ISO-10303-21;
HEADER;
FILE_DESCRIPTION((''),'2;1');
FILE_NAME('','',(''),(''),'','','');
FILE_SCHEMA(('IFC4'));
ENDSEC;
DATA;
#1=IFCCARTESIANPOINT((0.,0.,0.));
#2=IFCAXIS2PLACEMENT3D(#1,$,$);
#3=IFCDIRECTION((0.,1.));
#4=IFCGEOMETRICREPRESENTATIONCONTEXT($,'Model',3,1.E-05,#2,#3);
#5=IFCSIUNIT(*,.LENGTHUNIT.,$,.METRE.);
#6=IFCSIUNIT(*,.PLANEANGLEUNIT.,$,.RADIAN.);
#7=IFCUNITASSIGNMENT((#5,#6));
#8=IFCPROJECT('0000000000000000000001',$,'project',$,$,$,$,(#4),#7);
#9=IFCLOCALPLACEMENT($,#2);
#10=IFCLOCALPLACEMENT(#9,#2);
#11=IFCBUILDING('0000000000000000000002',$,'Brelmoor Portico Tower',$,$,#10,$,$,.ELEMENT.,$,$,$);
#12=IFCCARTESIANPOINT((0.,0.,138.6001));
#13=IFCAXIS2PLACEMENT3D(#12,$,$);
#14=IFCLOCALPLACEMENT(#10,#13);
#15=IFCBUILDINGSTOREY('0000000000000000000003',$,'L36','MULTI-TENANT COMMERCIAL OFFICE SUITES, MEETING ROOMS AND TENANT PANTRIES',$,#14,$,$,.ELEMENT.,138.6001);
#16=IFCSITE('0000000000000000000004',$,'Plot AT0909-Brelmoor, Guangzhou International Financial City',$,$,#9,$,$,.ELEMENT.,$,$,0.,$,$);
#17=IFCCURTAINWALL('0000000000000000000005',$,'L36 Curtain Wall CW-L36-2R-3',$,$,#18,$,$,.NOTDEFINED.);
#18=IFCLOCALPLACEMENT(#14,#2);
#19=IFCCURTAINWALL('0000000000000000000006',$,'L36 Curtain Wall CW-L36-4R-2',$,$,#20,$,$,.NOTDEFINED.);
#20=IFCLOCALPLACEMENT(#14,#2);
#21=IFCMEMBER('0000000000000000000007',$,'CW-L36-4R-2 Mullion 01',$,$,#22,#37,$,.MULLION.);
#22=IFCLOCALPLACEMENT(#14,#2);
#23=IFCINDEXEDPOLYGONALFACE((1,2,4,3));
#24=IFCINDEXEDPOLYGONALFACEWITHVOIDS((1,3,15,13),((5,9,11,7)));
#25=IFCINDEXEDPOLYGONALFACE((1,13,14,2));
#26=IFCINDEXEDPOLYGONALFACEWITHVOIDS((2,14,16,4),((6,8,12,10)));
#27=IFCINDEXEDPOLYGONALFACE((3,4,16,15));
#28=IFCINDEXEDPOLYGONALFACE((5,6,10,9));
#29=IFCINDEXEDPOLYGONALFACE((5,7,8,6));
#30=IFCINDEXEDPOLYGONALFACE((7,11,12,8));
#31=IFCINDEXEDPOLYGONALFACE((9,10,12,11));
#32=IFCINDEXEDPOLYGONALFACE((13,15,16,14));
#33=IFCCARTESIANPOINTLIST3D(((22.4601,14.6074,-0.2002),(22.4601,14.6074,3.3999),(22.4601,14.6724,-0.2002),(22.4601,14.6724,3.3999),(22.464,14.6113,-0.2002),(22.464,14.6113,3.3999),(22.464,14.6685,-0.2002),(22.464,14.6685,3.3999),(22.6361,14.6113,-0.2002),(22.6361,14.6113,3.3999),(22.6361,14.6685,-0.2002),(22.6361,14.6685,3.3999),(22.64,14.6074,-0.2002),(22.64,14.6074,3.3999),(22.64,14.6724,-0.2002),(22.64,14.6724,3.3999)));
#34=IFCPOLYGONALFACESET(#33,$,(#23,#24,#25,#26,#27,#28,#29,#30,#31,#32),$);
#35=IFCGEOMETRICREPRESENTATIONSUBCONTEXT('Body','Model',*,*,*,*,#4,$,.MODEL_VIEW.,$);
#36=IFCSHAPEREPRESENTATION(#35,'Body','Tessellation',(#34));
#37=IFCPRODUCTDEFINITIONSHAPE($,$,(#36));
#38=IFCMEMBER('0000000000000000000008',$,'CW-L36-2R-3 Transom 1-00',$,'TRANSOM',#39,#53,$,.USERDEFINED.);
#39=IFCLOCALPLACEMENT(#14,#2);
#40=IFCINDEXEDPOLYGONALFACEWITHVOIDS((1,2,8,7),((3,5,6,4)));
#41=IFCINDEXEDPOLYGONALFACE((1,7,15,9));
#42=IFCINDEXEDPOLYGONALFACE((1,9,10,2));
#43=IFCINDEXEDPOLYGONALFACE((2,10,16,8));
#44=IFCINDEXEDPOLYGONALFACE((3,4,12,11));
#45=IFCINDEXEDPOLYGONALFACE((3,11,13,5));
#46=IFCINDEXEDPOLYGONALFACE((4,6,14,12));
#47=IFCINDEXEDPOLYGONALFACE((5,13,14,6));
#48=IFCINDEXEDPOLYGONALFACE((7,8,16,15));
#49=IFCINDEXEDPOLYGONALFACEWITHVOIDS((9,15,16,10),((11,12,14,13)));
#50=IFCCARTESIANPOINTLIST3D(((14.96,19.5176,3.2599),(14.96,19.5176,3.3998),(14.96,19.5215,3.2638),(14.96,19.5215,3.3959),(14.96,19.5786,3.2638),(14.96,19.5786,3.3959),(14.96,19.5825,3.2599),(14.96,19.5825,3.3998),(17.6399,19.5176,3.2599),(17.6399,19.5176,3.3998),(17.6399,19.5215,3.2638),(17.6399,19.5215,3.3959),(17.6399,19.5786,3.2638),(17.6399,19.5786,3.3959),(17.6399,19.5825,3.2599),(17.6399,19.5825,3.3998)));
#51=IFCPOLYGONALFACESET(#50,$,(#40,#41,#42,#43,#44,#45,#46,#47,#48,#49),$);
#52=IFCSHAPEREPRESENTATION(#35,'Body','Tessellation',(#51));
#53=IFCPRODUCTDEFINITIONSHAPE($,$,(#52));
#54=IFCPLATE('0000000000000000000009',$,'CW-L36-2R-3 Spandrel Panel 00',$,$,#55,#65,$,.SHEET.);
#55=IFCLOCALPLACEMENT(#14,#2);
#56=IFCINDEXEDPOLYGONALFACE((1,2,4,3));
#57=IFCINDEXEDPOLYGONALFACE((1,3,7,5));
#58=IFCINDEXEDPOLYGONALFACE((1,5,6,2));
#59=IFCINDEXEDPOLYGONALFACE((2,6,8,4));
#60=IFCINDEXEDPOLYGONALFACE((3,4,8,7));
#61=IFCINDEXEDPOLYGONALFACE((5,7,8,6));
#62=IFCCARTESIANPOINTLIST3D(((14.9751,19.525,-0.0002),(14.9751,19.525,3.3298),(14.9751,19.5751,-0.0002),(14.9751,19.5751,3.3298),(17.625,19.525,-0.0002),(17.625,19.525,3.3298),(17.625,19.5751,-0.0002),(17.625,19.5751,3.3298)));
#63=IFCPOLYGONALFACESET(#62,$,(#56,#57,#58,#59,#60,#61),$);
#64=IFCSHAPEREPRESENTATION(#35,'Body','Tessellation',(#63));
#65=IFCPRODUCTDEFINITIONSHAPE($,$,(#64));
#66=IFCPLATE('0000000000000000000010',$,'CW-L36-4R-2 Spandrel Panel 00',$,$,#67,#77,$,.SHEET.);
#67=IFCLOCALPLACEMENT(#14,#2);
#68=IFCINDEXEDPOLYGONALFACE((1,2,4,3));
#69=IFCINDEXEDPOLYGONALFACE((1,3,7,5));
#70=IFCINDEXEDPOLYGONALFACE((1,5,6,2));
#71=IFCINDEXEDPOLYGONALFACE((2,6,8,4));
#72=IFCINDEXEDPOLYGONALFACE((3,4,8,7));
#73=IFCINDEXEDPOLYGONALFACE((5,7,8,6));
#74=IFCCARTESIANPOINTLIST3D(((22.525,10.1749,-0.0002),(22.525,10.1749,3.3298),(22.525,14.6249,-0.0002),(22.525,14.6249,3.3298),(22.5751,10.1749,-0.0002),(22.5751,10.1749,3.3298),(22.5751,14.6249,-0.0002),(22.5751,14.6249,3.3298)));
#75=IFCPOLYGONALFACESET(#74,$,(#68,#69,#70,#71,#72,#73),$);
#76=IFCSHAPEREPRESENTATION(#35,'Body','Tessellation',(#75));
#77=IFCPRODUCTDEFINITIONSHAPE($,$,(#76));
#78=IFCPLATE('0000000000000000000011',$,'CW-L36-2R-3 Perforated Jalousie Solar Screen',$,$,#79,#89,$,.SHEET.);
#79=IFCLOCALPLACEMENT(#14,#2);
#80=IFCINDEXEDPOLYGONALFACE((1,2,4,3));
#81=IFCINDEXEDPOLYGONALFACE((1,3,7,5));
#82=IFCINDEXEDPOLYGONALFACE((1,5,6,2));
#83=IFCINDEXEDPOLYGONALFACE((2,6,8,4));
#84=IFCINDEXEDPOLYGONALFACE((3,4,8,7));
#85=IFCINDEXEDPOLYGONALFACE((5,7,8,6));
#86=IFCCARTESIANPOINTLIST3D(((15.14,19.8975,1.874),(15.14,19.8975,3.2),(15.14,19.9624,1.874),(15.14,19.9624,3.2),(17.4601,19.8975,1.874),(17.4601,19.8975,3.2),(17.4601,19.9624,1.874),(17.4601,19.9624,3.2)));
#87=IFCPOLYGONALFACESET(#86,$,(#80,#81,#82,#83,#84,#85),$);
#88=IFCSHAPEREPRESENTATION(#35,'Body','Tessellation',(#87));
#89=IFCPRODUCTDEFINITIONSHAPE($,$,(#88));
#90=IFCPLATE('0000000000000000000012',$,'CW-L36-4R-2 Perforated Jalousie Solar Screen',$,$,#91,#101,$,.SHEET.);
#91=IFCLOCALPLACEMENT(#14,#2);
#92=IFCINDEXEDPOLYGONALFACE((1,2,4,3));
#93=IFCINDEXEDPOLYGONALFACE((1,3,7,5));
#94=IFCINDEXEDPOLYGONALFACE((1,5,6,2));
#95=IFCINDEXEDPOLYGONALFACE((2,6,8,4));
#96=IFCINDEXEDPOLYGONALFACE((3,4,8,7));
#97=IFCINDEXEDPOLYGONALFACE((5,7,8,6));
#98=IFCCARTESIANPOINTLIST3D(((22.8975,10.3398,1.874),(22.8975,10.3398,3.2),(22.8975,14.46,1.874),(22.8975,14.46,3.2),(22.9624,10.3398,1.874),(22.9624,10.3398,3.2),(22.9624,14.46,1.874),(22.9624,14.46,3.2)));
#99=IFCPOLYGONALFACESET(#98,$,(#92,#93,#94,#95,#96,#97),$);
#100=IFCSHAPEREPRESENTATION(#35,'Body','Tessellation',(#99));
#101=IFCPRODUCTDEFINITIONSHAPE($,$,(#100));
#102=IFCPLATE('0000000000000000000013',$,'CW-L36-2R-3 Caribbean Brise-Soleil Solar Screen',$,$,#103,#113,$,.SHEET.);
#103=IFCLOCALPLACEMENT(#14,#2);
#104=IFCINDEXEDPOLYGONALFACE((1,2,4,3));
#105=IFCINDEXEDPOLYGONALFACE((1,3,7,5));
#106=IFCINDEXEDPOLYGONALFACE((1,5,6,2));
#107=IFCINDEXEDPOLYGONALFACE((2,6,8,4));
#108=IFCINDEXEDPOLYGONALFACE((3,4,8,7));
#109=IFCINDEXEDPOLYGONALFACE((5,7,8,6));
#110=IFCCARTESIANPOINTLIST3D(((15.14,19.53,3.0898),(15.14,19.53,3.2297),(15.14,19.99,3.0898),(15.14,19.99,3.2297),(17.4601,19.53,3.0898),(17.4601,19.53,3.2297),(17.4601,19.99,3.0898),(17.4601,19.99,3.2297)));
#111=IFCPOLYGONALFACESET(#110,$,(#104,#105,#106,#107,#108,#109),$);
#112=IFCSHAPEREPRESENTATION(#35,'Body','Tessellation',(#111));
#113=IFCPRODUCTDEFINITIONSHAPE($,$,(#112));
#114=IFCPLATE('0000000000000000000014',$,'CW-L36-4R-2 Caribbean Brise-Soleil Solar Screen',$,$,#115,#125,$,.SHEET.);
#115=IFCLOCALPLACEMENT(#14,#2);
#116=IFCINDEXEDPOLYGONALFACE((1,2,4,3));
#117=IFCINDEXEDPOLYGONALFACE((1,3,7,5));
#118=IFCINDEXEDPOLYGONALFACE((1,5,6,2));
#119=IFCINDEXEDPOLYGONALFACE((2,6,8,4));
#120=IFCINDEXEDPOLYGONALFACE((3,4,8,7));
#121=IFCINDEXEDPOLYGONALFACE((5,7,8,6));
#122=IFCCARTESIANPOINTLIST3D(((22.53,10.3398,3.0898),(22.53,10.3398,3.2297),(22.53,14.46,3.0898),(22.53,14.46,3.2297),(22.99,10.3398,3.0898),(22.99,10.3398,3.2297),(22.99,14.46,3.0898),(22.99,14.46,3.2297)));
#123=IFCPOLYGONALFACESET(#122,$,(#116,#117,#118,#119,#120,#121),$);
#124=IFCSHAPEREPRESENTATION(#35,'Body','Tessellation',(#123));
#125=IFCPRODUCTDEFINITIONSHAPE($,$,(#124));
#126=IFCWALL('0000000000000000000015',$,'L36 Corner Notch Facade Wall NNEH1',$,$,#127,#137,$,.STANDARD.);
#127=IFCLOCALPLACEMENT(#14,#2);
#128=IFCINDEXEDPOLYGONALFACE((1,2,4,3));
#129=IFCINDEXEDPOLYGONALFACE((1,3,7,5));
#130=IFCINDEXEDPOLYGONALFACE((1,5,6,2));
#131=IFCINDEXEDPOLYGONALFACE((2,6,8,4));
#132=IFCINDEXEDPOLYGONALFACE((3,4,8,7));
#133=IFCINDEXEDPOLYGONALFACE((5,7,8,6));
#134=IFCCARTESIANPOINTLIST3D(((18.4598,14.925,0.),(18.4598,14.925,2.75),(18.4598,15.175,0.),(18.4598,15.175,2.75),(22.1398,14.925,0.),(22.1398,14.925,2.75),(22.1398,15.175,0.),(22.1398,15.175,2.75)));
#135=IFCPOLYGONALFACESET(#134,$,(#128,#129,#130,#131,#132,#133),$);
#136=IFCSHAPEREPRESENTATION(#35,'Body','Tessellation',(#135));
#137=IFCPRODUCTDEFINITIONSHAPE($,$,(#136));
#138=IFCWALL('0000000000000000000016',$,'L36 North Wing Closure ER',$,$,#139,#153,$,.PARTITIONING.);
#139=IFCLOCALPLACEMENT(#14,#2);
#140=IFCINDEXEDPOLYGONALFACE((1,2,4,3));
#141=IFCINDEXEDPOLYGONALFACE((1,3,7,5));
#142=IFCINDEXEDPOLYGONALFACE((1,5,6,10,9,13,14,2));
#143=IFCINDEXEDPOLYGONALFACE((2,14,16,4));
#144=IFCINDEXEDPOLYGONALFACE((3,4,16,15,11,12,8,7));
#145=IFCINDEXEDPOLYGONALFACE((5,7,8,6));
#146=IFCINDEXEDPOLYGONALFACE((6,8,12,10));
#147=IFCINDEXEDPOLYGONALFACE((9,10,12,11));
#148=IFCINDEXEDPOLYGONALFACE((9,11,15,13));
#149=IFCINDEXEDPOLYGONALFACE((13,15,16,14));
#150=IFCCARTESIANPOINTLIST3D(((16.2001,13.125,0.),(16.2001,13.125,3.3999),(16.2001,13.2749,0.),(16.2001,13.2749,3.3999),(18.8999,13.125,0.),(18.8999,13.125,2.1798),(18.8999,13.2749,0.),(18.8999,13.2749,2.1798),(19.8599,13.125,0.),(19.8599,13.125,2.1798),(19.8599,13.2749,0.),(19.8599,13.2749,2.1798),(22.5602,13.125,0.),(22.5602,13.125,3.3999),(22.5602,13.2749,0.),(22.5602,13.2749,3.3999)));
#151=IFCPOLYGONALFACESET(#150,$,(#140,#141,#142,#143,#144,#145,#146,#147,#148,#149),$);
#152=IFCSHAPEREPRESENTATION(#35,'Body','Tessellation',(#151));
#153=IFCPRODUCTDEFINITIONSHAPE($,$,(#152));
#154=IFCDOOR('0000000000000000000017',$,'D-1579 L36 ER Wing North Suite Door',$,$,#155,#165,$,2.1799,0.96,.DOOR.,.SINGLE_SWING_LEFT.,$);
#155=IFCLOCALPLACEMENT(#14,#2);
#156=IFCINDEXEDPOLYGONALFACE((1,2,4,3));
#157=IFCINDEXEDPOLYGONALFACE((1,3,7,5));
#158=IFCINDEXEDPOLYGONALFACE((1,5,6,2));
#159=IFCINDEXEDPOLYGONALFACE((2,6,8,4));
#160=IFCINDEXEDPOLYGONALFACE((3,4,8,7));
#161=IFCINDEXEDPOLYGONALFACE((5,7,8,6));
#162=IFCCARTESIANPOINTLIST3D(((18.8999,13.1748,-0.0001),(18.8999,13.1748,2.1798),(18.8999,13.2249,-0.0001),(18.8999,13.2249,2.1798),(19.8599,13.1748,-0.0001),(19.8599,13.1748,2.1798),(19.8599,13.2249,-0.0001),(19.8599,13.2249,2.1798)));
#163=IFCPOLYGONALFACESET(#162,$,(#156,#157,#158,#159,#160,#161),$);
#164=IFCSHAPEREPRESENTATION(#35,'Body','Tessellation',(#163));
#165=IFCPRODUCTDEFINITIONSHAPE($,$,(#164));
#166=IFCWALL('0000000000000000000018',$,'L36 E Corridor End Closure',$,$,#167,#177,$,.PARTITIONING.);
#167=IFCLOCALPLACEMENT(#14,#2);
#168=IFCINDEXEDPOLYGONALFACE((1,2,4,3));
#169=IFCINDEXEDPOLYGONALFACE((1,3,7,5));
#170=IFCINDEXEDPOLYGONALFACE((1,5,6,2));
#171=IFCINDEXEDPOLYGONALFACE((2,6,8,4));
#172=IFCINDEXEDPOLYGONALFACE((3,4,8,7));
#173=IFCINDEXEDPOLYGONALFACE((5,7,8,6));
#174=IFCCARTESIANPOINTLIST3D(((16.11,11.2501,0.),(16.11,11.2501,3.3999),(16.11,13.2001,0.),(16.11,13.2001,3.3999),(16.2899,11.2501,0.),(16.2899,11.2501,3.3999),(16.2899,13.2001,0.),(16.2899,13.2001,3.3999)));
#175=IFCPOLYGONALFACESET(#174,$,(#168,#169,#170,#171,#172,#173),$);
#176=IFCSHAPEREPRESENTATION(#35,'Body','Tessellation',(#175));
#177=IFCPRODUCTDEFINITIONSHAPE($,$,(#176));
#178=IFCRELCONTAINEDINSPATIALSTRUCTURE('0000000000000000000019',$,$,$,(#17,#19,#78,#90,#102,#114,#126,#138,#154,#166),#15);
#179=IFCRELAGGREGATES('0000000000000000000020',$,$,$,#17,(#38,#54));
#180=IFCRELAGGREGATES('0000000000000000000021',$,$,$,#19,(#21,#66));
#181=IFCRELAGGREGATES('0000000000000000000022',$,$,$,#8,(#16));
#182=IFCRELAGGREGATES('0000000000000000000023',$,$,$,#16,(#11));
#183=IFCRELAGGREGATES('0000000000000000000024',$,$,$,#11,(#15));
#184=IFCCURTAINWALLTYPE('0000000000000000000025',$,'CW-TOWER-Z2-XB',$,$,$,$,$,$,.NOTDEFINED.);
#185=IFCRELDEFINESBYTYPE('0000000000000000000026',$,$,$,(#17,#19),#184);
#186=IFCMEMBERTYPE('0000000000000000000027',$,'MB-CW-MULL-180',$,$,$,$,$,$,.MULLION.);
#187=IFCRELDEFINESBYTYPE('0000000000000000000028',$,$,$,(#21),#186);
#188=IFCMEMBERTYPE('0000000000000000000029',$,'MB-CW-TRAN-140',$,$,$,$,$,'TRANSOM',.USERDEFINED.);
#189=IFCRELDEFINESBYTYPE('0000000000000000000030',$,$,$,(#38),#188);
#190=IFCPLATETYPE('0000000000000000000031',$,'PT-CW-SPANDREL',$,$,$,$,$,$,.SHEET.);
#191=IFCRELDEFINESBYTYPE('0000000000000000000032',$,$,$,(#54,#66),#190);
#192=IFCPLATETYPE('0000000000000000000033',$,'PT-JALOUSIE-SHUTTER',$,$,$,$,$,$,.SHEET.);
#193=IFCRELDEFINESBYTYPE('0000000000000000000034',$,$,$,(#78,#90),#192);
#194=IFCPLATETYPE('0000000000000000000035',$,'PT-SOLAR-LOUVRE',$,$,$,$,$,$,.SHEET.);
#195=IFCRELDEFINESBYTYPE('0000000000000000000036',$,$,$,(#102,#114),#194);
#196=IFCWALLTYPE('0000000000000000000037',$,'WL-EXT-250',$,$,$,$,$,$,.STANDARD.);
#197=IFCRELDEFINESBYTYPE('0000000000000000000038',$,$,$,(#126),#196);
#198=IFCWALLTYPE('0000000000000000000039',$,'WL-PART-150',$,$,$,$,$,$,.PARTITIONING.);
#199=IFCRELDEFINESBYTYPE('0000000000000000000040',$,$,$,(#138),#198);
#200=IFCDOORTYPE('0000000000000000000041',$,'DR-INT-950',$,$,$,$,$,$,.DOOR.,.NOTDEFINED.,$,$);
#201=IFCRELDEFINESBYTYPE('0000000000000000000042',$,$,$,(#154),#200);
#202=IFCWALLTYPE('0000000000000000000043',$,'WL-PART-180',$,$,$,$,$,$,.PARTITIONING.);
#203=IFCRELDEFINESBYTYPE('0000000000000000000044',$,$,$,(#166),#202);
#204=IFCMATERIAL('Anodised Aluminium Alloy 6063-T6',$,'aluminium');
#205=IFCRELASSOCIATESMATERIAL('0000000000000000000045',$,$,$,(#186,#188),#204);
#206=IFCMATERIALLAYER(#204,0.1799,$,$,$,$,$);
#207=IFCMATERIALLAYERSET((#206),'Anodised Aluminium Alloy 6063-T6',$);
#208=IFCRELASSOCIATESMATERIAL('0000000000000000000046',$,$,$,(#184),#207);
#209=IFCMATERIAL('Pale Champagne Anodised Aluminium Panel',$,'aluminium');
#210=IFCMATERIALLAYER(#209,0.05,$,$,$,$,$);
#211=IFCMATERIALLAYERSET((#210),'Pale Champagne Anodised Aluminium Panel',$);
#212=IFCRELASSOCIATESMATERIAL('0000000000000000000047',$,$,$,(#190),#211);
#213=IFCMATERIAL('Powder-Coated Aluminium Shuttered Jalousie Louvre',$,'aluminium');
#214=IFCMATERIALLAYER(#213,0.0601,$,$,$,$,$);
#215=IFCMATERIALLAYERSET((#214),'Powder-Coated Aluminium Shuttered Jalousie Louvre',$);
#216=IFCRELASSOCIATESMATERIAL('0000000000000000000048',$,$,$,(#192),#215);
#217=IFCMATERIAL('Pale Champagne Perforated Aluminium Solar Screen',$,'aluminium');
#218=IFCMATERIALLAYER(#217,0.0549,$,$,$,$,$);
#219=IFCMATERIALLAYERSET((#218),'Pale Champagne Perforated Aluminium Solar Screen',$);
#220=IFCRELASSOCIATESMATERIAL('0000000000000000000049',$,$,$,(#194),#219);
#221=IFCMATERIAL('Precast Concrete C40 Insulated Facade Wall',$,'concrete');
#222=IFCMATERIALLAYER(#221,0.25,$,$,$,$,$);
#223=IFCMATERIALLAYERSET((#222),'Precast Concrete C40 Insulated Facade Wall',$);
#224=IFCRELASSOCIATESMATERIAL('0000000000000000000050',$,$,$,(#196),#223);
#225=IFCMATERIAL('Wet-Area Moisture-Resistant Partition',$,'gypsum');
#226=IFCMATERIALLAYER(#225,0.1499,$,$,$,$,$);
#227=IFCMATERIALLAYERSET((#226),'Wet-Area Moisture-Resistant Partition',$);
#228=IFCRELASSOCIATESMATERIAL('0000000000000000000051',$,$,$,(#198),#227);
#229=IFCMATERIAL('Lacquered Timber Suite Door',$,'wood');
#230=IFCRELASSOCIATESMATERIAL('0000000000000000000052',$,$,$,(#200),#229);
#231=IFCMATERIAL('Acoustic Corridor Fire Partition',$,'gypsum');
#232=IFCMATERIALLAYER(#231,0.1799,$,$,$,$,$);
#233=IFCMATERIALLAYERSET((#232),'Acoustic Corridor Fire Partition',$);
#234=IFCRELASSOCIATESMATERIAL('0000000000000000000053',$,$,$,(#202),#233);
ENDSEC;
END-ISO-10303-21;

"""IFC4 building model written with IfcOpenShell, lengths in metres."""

from ifc_helpers import new_model, si_unit, direction, frame, frame_2d, origin, origin_2d, place, context, subcontext, project, spatial, rectangle, hollow_rectangle, extrude, material, layer, layer_set, material_profile, profile_set, type_object, element, fill, aggregate, save


model = new_model("IFC4")

# Units and contexts
model_context = context("Model", 3, precision=1e-05, world=origin(), true_north=direction((0.0, 1.0)))
body_context = subcontext(model_context, "Body", "Model", "MODEL_VIEW")
ifc_project = project(units=[si_unit("LENGTHUNIT", "METRE"), si_unit("PLANEANGLEUNIT", "RADIAN")], contexts=[model_context])

# Site, building, storey
site_placement = place(None, origin())
site = spatial("IfcSite", under=ifc_project, at=site_placement, Name="Plot AT0909-Brelmoor, Guangzhou International Financial City", CompositionType="ELEMENT", RefElevation=0.0)
building_placement = place(site_placement, origin())
building = spatial("IfcBuilding", under=site, at=building_placement, Name="Brelmoor Portico Tower", CompositionType="ELEMENT")
storey_placement = place(building_placement, frame((0.0, 0.0, 138.6001)))
storey = spatial("IfcBuildingStorey", under=building, at=storey_placement, Name="L36", Description="MULTI-TENANT COMMERCIAL OFFICE SUITES, MEETING ROOMS AND TENANT PANTRIES", CompositionType="ELEMENT", Elevation=138.6001)

# Shared definitions
ifc_material_1 = material(Name="Anodised Aluminium Alloy 6063-T6", Category="aluminium")
ifc_material_profile_1 = material_profile(ifc_material_1, hollow_rectangle(XDim=0.0649, YDim=0.1799, WallThickness=0.0039, at=origin_2d()), Name="ALU MULLION 65x180")
ifc_profile_set_1 = profile_set([ifc_material_profile_1], Name="Anodised Aluminium Alloy 6063-T6")
member_type_1 = type_object("IfcMemberType", Name="MB-CW-MULL-180", PredefinedType="MULLION", material=ifc_profile_set_1)

# Curtain wall
ifc_layer_1 = layer(ifc_material_1, 0.1799)
ifc_layer_set_1 = layer_set([ifc_layer_1], Name="Anodised Aluminium Alloy 6063-T6")
curtain_wall_type_1 = type_object("IfcCurtainWallType", Name="CW-TOWER-Z2-XB", PredefinedType="NOTDEFINED", material=ifc_layer_set_1)
curtain_wall_1_placement = place(storey_placement, origin())
curtain_wall_1 = element("IfcCurtainWall", 1, at=curtain_wall_1_placement, inside=storey, type_object=curtain_wall_type_1, Name="L36 Curtain Wall CW-L36-2R-3", PredefinedType="NOTDEFINED")

# Curtain wall, member
curtain_wall_2_placement = place(storey_placement, origin())
curtain_wall_2 = element("IfcCurtainWall", 2, at=curtain_wall_2_placement, inside=storey, type_object=curtain_wall_type_1, Name="L36 Curtain Wall CW-L36-4R-2", PredefinedType="NOTDEFINED")
member_1_placement = place(storey_placement, frame((22.55, 14.6399, -0.2002), z_axis=(0.0, 0.0, 1.0), x_axis=(0.0, 1.0, 0.0)))
member_1 = element("IfcMember", 3, at=member_1_placement, type_object=member_type_1, Name="CW-L36-4R-2 Mullion 01", PredefinedType="MULLION", context=body_context, shape_type="SweptSolid", body=[
    extrude(hollow_rectangle(XDim=0.0649, YDim=0.1799, WallThickness=0.0039, at=origin_2d()), origin(), (0.0, 0.0, 1.0), 3.6001),
])

# Member
ifc_material_profile_2 = material_profile(ifc_material_1, hollow_rectangle(XDim=0.0649, YDim=0.1399, WallThickness=0.0039, at=origin_2d()), Name="ALU TRANSOM 65x140")
ifc_profile_set_2 = profile_set([ifc_material_profile_2], Name="Anodised Aluminium Alloy 6063-T6")
member_type_2 = type_object("IfcMemberType", Name="MB-CW-TRAN-140", ElementType="TRANSOM", PredefinedType="USERDEFINED", material=ifc_profile_set_2)
member_2_placement = place(storey_placement, frame((14.96, 19.55, 3.3298), z_axis=(1.0, 0.0, 0.0), x_axis=(0.0, 1.0, 0.0)))
member_2 = element("IfcMember", 4, at=member_2_placement, type_object=member_type_2, Name="CW-L36-2R-3 Transom 1-00", ObjectType="TRANSOM", PredefinedType="USERDEFINED", context=body_context, shape_type="SweptSolid", body=[
    extrude(hollow_rectangle(XDim=0.0649, YDim=0.1399, WallThickness=0.0039, at=origin_2d()), origin(), (0.0, 0.0, 1.0), 2.6799),
])

# Plates
ifc_material_2 = material(Name="Pale Champagne Anodised Aluminium Panel", Category="aluminium")
ifc_layer_2 = layer(ifc_material_2, 0.05)
ifc_layer_set_2 = layer_set([ifc_layer_2], Name="Pale Champagne Anodised Aluminium Panel")
plate_type_1 = type_object("IfcPlateType", Name="PT-CW-SPANDREL", PredefinedType="SHEET", material=ifc_layer_set_2)
plate_1_placement = place(storey_placement, frame((16.3, 19.55, -0.0002), z_axis=(0.0, 0.0, 1.0), x_axis=(1.0, 0.0, 0.0)))
plate_1 = element("IfcPlate", 5, at=plate_1_placement, type_object=plate_type_1, Name="CW-L36-2R-3 Spandrel Panel 00", PredefinedType="SHEET", context=body_context, shape_type="SweptSolid", body=[
    extrude(rectangle(XDim=2.6499, YDim=0.05, at=origin_2d()), origin(), (0.0, 0.0, 1.0), 3.3301),
])
aggregate(curtain_wall_1, [member_2, plate_1])
plate_2_placement = place(storey_placement, frame((22.55, 12.3999, -0.0002), z_axis=(0.0, 0.0, 1.0), x_axis=(0.0, 1.0, 0.0)))
plate_2 = element("IfcPlate", 6, at=plate_2_placement, type_object=plate_type_1, Name="CW-L36-4R-2 Spandrel Panel 00", PredefinedType="SHEET", context=body_context, shape_type="SweptSolid", body=[
    extrude(rectangle(XDim=4.45, YDim=0.05, at=origin_2d()), origin(), (0.0, 0.0, 1.0), 3.3301),
])
aggregate(curtain_wall_2, [member_1, plate_2])

# Plates
ifc_material_3 = material(Name="Powder-Coated Aluminium Shuttered Jalousie Louvre", Category="aluminium")
ifc_layer_3 = layer(ifc_material_3, 0.0601)
ifc_layer_set_3 = layer_set([ifc_layer_3], Name="Powder-Coated Aluminium Shuttered Jalousie Louvre")
plate_type_2 = type_object("IfcPlateType", Name="PT-JALOUSIE-SHUTTER", PredefinedType="SHEET", material=ifc_layer_set_3)
plate_3_placement = place(storey_placement, frame((16.3, 19.9299, 1.874), z_axis=(0.0, 0.0, 1.0), x_axis=(1.0, 0.0, 0.0)))
element("IfcPlate", 7, at=plate_3_placement, inside=storey, type_object=plate_type_2, Name="CW-L36-2R-3 Perforated Jalousie Solar Screen", PredefinedType="SHEET", context=body_context, shape_type="SweptSolid", body=[
    extrude(rectangle(XDim=2.3201, YDim=0.0649, at=origin_2d()), origin(), (0.0, 0.0, 1.0), 1.3259),
])
plate_4_placement = place(storey_placement, frame((22.9299, 12.3999, 1.874), z_axis=(0.0, 0.0, 1.0), x_axis=(0.0, 1.0, 0.0)))
element("IfcPlate", 8, at=plate_4_placement, inside=storey, type_object=plate_type_2, Name="CW-L36-4R-2 Perforated Jalousie Solar Screen", PredefinedType="SHEET", context=body_context, shape_type="SweptSolid", body=[
    extrude(rectangle(XDim=4.1201, YDim=0.0649, at=origin_2d()), origin(), (0.0, 0.0, 1.0), 1.3259),
])
ifc_material_4 = material(Name="Pale Champagne Perforated Aluminium Solar Screen", Category="aluminium")
ifc_layer_4 = layer(ifc_material_4, 0.0549)
ifc_layer_set_4 = layer_set([ifc_layer_4], Name="Pale Champagne Perforated Aluminium Solar Screen")
plate_type_3 = type_object("IfcPlateType", Name="PT-SOLAR-LOUVRE", PredefinedType="SHEET", material=ifc_layer_set_4)
plate_5_placement = place(storey_placement, frame((16.3, 19.76, 3.0898), z_axis=(0.0, 0.0, 1.0), x_axis=(1.0, 0.0, 0.0)))
element("IfcPlate", 9, at=plate_5_placement, inside=storey, type_object=plate_type_3, Name="CW-L36-2R-3 Caribbean Brise-Soleil Solar Screen", PredefinedType="SHEET", context=body_context, shape_type="SweptSolid", body=[
    extrude(rectangle(XDim=2.3201, YDim=0.46, at=origin_2d()), origin(), (0.0, 0.0, 1.0), 0.1399),
])
plate_6_placement = place(storey_placement, frame((22.76, 12.3999, 3.0898), z_axis=(0.0, 0.0, 1.0), x_axis=(0.0, 1.0, 0.0)))
element("IfcPlate", 10, at=plate_6_placement, inside=storey, type_object=plate_type_3, Name="CW-L36-4R-2 Caribbean Brise-Soleil Solar Screen", PredefinedType="SHEET", context=body_context, shape_type="SweptSolid", body=[
    extrude(rectangle(XDim=4.1201, YDim=0.46, at=origin_2d()), origin(), (0.0, 0.0, 1.0), 0.1399),
])

# Wall
ifc_material_5 = material(Name="Precast Concrete C40 Insulated Facade Wall", Category="concrete")
ifc_layer_5 = layer(ifc_material_5, 0.25)
ifc_layer_set_5 = layer_set([ifc_layer_5], Name="Precast Concrete C40 Insulated Facade Wall")
wall_type_1 = type_object("IfcWallType", Name="WL-EXT-250", PredefinedType="STANDARD", material=ifc_layer_set_5)
for number, where, z_axis, x_axis, name in (
    (11, (18.46, 15.05, 0.0), (0.0, 0.0, 1.0), (1.0, 0.0, 0.0), "L36 Corner Notch Facade Wall NNEH1"),
):
    element("IfcWall", number, at=place(storey_placement, frame(where, z_axis=z_axis, x_axis=x_axis)), inside=storey, type_object=wall_type_1, Name=name, PredefinedType="STANDARD", context=body_context, shape_type="SweptSolid", body=[
        extrude(rectangle(XDim=3.6799, YDim=0.25, at=frame_2d((1.8398, 0.0))), origin(), (0.0, 0.0, 1.0), 2.75),
    ])

# Wall, opening, door
ifc_material_6 = material(Name="Wet-Area Moisture-Resistant Partition", Category="gypsum")
ifc_layer_6 = layer(ifc_material_6, 0.1499)
ifc_layer_set_6 = layer_set([ifc_layer_6], Name="Wet-Area Moisture-Resistant Partition")
wall_type_2 = type_object("IfcWallType", Name="WL-PART-150", PredefinedType="PARTITIONING", material=ifc_layer_set_6)
wall_1_placement = place(storey_placement, frame((16.2, 13.2, 0.0), z_axis=(0.0, 0.0, 1.0), x_axis=(1.0, 0.0, 0.0)))
wall_1 = element("IfcWall", 12, at=wall_1_placement, inside=storey, type_object=wall_type_2, Name="L36 North Wing Closure ER", PredefinedType="PARTITIONING", context=body_context, shape_type="SweptSolid", body=[
    extrude(rectangle(XDim=6.3601, YDim=0.1499, at=frame_2d((3.1802, 0.0))), origin(), (0.0, 0.0, 1.0), 3.3999),
])
opening_1_placement = place(wall_1_placement, frame((2.7, 0.0, 0.0)))
opening_1 = element("IfcOpeningElement", 13, at=opening_1_placement, cuts=wall_1, PredefinedType="OPENING", context=body_context, shape_type="SweptSolid", body=[
    extrude(rectangle(XDim=0.96, YDim=2.1799, at=frame_2d((0.48, 1.0898))), frame((0.0, 0.085, 0.0), z_axis=(0.0, -1.0, 0.0), x_axis=(1.0, 0.0, 0.0)), (0.0, 0.0, 1.0), 0.1699),
])
ifc_material_7 = material(Name="Lacquered Timber Suite Door", Category="wood")
door_type_1 = type_object("IfcDoorType", Name="DR-INT-950", OperationType="NOTDEFINED", PredefinedType="DOOR", material=ifc_material_7)
door_1_placement = place(opening_1_placement, origin())
door_1 = element("IfcDoor", 14, at=door_1_placement, inside=storey, type_object=door_type_1, Name="D-1579 L36 ER Wing North Suite Door", OperationType="SINGLE_SWING_LEFT", OverallHeight=2.1799, OverallWidth=0.96, PredefinedType="DOOR", context=body_context, shape_type="SweptSolid", body=[
    extrude(rectangle(XDim=0.96, YDim=2.1799, at=frame_2d((0.48, 1.0898))), frame((0.0, 0.0249, 0.0), z_axis=(0.0, -1.0, 0.0), x_axis=(1.0, 0.0, 0.0)), (0.0, 0.0, 1.0), 0.05),
])
fill(opening_1, door_1)
ifc_material_8 = material(Name="Acoustic Corridor Fire Partition", Category="gypsum")
ifc_layer_7 = layer(ifc_material_8, 0.1799)
ifc_layer_set_7 = layer_set([ifc_layer_7], Name="Acoustic Corridor Fire Partition")
wall_type_3 = type_object("IfcWallType", Name="WL-PART-180", PredefinedType="PARTITIONING", material=ifc_layer_set_7)

# Wall
wall_2_placement = place(storey_placement, frame((16.2, 11.25, 0.0), z_axis=(0.0, 0.0, 1.0), x_axis=(0.0, 1.0, 0.0)))
element("IfcWall", 15, at=wall_2_placement, inside=storey, type_object=wall_type_3, Name="L36 E Corridor End Closure", PredefinedType="PARTITIONING", context=body_context, shape_type="SweptSolid", body=[
    extrude(rectangle(XDim=1.95, YDim=0.1799, at=frame_2d((0.9751, 0.0))), origin(), (0.0, 0.0, 1.0), 3.3999),
])

save(model, "model.ifc")
